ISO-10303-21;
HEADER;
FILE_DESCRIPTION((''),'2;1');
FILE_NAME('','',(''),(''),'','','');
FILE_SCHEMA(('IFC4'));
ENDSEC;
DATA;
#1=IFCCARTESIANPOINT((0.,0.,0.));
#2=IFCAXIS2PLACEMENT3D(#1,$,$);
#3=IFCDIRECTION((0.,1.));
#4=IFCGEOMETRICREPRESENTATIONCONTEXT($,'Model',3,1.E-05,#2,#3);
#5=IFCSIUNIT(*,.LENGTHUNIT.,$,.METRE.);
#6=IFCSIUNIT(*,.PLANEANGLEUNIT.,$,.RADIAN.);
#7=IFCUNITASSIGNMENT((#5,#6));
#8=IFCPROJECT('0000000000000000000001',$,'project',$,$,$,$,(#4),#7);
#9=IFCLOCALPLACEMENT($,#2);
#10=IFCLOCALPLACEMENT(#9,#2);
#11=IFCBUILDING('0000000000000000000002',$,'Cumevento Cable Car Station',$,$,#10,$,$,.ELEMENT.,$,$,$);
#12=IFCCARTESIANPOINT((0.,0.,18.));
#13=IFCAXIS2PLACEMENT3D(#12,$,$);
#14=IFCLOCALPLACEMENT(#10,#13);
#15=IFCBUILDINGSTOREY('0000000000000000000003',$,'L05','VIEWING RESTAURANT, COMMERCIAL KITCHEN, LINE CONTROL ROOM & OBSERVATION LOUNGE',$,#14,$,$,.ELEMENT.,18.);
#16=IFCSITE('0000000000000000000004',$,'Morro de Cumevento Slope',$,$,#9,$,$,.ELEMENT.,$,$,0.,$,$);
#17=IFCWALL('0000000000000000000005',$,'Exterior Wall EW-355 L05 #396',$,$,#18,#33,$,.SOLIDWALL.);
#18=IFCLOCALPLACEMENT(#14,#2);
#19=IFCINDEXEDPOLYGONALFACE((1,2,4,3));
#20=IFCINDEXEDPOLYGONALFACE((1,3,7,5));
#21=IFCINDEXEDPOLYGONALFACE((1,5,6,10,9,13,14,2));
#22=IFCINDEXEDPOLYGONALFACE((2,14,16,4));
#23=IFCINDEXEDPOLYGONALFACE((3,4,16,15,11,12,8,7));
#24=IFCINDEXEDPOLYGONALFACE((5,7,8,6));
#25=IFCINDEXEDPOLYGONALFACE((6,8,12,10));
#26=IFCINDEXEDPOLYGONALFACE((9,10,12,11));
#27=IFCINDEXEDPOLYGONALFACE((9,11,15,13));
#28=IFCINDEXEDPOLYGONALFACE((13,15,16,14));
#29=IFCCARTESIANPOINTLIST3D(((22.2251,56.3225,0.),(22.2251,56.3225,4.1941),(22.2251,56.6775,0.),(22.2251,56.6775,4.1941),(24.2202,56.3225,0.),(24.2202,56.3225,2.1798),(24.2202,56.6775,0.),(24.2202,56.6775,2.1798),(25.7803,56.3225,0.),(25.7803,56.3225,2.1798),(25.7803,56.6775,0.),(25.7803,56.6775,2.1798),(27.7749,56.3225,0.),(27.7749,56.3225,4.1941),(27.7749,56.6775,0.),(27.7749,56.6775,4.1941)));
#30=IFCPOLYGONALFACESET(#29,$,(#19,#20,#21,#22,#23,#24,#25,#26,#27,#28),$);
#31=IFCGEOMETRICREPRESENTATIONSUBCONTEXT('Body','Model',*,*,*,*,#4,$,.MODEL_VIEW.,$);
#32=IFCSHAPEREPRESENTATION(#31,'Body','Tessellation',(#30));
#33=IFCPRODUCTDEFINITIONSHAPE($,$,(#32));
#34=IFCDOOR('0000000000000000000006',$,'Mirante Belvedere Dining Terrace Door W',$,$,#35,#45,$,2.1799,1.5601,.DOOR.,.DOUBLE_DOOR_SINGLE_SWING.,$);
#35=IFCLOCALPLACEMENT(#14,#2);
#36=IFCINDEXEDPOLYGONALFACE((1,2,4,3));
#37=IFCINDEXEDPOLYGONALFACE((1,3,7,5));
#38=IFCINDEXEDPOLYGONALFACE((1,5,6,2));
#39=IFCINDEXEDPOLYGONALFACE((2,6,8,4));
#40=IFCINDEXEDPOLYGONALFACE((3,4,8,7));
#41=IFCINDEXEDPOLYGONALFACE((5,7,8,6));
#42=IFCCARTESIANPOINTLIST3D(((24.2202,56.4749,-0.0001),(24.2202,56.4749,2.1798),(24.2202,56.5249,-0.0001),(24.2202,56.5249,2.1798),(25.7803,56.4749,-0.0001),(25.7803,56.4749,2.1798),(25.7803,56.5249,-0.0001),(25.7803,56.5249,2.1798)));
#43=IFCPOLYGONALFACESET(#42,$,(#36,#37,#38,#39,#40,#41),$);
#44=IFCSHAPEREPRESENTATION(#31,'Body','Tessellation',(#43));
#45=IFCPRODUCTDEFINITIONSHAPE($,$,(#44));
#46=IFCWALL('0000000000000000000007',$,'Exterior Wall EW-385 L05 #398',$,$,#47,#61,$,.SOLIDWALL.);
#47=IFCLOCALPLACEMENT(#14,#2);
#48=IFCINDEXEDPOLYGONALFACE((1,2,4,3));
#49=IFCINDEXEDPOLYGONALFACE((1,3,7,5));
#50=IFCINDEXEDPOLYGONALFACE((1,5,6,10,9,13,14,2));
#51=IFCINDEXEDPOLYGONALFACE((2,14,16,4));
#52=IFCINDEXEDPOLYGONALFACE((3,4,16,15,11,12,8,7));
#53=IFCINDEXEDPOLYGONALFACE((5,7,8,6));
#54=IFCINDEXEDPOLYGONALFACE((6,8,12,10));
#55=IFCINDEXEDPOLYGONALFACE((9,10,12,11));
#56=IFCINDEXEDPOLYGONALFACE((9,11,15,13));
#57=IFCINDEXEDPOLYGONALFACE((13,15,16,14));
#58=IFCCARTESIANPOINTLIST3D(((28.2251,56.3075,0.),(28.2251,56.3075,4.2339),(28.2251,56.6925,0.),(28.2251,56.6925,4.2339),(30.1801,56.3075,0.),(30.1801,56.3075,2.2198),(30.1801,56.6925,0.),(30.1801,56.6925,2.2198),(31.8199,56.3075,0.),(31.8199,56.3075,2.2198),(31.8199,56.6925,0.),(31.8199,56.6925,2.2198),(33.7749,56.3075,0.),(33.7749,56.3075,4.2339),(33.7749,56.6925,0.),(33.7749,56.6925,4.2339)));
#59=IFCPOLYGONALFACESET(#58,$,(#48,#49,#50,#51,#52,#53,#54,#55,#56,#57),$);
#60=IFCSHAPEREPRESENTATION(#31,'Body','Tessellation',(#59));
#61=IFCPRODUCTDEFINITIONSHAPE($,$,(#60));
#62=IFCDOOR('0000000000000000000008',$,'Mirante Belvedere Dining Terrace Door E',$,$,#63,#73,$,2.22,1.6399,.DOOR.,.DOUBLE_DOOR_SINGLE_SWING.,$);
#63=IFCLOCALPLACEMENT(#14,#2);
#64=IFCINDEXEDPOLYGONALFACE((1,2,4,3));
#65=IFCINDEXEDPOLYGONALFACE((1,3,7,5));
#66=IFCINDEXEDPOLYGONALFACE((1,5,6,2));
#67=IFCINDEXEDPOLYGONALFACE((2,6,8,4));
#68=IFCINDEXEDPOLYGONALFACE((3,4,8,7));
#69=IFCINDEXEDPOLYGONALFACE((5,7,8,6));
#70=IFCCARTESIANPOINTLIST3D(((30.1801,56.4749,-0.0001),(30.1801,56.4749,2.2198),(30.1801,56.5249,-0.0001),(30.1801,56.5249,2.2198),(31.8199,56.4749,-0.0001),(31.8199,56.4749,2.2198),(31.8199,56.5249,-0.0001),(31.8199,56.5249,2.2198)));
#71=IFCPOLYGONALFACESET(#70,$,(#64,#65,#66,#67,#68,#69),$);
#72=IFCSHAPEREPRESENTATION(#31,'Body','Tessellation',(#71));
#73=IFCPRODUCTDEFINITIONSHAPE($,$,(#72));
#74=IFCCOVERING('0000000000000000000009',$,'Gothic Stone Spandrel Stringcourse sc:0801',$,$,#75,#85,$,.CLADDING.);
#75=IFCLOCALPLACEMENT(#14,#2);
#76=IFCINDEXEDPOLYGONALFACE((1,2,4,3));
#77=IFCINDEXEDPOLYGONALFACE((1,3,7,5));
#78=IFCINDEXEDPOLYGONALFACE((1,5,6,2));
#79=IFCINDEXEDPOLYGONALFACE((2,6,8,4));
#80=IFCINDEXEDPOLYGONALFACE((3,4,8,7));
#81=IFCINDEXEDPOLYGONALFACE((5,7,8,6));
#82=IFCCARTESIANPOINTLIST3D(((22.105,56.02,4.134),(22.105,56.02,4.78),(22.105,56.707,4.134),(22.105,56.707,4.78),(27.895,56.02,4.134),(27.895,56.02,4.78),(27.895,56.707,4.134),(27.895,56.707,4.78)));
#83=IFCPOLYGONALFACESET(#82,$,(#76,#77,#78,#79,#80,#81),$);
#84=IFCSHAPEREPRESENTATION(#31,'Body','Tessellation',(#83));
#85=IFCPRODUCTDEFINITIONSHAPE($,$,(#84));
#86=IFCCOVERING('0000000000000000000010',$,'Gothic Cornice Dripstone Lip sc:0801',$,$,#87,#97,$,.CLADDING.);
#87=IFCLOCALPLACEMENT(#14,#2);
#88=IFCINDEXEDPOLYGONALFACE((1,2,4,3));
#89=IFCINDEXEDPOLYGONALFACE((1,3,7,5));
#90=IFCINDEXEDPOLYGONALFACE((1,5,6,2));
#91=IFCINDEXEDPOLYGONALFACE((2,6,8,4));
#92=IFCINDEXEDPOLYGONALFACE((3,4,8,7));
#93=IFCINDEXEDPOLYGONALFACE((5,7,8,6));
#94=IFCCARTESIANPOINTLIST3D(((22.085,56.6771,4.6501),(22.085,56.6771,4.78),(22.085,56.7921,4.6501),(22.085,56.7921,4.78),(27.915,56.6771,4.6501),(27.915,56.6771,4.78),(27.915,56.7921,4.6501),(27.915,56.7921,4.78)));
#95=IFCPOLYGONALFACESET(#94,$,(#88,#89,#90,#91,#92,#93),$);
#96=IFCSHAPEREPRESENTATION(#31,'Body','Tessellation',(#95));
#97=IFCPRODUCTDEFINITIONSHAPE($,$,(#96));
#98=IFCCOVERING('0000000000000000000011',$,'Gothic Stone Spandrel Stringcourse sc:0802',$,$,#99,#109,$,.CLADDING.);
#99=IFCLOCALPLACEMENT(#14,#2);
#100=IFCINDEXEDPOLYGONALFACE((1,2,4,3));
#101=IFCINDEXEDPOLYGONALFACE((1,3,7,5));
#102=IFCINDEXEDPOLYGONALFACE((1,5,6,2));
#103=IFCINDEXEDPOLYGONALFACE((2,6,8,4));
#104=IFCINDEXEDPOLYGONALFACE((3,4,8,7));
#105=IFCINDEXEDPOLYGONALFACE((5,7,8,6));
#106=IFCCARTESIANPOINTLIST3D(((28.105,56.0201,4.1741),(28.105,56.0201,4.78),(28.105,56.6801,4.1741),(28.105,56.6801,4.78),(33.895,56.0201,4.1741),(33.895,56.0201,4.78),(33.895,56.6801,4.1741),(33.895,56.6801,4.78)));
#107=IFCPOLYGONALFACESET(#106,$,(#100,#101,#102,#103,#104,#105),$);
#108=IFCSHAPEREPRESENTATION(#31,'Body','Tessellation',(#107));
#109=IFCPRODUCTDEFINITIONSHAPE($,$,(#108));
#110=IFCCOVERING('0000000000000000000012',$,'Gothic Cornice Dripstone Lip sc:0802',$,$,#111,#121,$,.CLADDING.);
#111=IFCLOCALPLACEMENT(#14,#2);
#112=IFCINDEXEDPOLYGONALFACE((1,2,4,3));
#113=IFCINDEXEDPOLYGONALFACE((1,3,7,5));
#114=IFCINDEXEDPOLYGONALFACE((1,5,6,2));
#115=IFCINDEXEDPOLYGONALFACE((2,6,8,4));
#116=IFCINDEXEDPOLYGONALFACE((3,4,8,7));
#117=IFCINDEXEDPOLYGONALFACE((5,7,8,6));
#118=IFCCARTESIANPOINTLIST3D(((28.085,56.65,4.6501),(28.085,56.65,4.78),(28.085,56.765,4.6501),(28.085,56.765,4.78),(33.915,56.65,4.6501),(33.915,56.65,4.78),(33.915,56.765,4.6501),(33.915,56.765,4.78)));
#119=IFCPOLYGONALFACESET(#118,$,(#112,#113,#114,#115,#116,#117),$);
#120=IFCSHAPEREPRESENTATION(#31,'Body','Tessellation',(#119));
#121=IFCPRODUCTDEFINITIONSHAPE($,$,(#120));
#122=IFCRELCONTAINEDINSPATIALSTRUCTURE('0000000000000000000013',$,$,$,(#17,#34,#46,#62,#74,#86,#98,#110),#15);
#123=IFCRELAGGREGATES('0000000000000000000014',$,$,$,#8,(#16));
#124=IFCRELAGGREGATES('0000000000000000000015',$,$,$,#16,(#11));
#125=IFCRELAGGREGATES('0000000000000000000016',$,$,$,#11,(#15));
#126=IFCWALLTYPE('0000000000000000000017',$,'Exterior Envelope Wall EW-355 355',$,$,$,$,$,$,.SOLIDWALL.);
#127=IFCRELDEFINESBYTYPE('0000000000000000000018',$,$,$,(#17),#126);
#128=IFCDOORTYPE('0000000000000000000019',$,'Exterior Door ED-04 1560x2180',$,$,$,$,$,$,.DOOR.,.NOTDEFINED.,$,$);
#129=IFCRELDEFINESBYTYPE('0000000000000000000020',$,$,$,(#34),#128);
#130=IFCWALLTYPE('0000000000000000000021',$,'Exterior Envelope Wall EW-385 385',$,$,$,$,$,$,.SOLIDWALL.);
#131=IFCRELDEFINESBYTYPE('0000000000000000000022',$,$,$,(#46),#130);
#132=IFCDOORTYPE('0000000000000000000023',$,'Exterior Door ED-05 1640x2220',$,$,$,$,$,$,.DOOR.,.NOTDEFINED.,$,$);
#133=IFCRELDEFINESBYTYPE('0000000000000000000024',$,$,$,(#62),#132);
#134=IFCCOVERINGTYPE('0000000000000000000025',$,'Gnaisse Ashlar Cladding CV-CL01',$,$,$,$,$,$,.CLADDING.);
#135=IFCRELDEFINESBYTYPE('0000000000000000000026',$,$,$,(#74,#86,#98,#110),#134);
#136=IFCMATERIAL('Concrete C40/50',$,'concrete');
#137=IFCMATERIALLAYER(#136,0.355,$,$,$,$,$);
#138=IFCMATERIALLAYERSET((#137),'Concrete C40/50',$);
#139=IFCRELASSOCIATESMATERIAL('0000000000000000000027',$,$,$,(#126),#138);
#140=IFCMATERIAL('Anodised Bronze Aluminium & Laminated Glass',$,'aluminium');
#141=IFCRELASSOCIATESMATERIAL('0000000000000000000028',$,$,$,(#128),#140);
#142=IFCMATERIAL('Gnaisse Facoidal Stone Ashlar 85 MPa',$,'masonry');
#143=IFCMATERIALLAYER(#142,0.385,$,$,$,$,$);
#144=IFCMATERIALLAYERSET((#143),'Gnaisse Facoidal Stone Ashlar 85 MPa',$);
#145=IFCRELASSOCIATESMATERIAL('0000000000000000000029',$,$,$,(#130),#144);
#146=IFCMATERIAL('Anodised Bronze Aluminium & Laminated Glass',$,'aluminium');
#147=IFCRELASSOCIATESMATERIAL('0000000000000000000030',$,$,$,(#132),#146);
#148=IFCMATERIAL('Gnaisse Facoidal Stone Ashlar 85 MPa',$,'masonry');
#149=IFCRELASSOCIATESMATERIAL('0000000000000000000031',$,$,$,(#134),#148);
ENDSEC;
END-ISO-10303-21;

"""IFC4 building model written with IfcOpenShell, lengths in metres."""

from ifc_helpers import new_model, si_unit, direction, frame, frame_2d, origin, origin_2d, place, context, subcontext, project, spatial, rectangle, extrude, material, layer, layer_set, type_object, element, fill, save


model = new_model("IFC4")

# Units and contexts
model_context = context("Model", 3, precision=1e-05, world=origin(), true_north=direction((0.0, 1.0)))
body_context = subcontext(model_context, "Body", "Model", "MODEL_VIEW")
ifc_project = project(units=[si_unit("LENGTHUNIT", "METRE"), si_unit("PLANEANGLEUNIT", "RADIAN")], contexts=[model_context])

# Site, building, storey
site_placement = place(None, origin())
site = spatial("IfcSite", under=ifc_project, at=site_placement, Name="Morro de Cumevento Slope", CompositionType="ELEMENT", RefElevation=0.0)
building_placement = place(site_placement, origin())
building = spatial("IfcBuilding", under=site, at=building_placement, Name="Cumevento Cable Car Station", CompositionType="ELEMENT")
storey_placement = place(building_placement, frame((0.0, 0.0, 18.0)))
storey = spatial("IfcBuildingStorey", under=building, at=storey_placement, Name="L05", Description="VIEWING RESTAURANT, COMMERCIAL KITCHEN, LINE CONTROL ROOM & OBSERVATION LOUNGE", CompositionType="ELEMENT", Elevation=18.0)

# Walls, openings, doors
ifc_material_1 = material(Name="Concrete C40/50", Category="concrete")
ifc_layer_1 = layer(ifc_material_1, 0.355)
ifc_layer_set_1 = layer_set([ifc_layer_1], Name="Concrete C40/50")
wall_type_1 = type_object("IfcWallType", Name="Exterior Envelope Wall EW-355 355", PredefinedType="SOLIDWALL", material=ifc_layer_set_1)
wall_1_placement = place(storey_placement, frame((22.2251, 56.5, 0.0), z_axis=(0.0, 0.0, 1.0), x_axis=(1.0, 0.0, 0.0)))
wall_1 = element("IfcWall", 1, at=wall_1_placement, inside=storey, type_object=wall_type_1, Name="Exterior Wall EW-355 L05 #396", PredefinedType="SOLIDWALL", context=body_context, shape_type="SweptSolid", body=[
    extrude(rectangle(XDim=5.5498, YDim=0.355, at=frame_2d((2.7749, 0.0))), origin(), (0.0, 0.0, 1.0), 4.1941),
])
opening_1_placement = place(wall_1_placement, frame((1.9951, 0.0, 0.0)))
opening_1 = element("IfcOpeningElement", 2, at=opening_1_placement, cuts=wall_1, PredefinedType="OPENING", context=body_context, shape_type="SweptSolid", body=[
    extrude(rectangle(XDim=1.5601, YDim=2.1799, at=frame_2d((0.78, 1.0898))), frame((0.0, 0.1875, 0.0), z_axis=(0.0, -1.0, 0.0), x_axis=(1.0, 0.0, 0.0)), (0.0, 0.0, 1.0), 0.375),
])
ifc_material_2 = material(Name="Anodised Bronze Aluminium & Laminated Glass", Category="aluminium")
door_type_1 = type_object("IfcDoorType", Name="Exterior Door ED-04 1560x2180", OperationType="NOTDEFINED", PredefinedType="DOOR", material=ifc_material_2)
door_1_placement = place(opening_1_placement, origin())
door_1 = element("IfcDoor", 3, at=door_1_placement, inside=storey, type_object=door_type_1, Name="Mirante Belvedere Dining Terrace Door W", OperationType="DOUBLE_DOOR_SINGLE_SWING", OverallHeight=2.1799, OverallWidth=1.5601, PredefinedType="DOOR", context=body_context, shape_type="SweptSolid", body=[
    extrude(rectangle(XDim=1.5601, YDim=2.1799, at=frame_2d((0.78, 1.0898))), frame((0.0, 0.0249, 0.0), z_axis=(0.0, -1.0, 0.0), x_axis=(1.0, 0.0, 0.0)), (0.0, 0.0, 1.0), 0.05),
])
fill(opening_1, door_1)
ifc_material_3 = material(Name="Gnaisse Facoidal Stone Ashlar 85 MPa", Category="masonry")
ifc_layer_2 = layer(ifc_material_3, 0.385)
ifc_layer_set_2 = layer_set([ifc_layer_2], Name="Gnaisse Facoidal Stone Ashlar 85 MPa")
wall_type_2 = type_object("IfcWallType", Name="Exterior Envelope Wall EW-385 385", PredefinedType="SOLIDWALL", material=ifc_layer_set_2)
wall_2_placement = place(storey_placement, frame((28.2251, 56.5, 0.0), z_axis=(0.0, 0.0, 1.0), x_axis=(1.0, 0.0, 0.0)))
wall_2 = element("IfcWall", 4, at=wall_2_placement, inside=storey, type_object=wall_type_2, Name="Exterior Wall EW-385 L05 #398", PredefinedType="SOLIDWALL", context=body_context, shape_type="SweptSolid", body=[
    extrude(rectangle(XDim=5.5498, YDim=0.385, at=frame_2d((2.7749, 0.0))), origin(), (0.0, 0.0, 1.0), 4.2339),
])
opening_2_placement = place(wall_2_placement, frame((1.9551, 0.0, 0.0)))
opening_2 = element("IfcOpeningElement", 5, at=opening_2_placement, cuts=wall_2, PredefinedType="OPENING", context=body_context, shape_type="SweptSolid", body=[
    extrude(rectangle(XDim=1.6399, YDim=2.22, at=frame_2d((0.8198, 1.1099))), frame((0.0, 0.2024, 0.0), z_axis=(0.0, -1.0, 0.0), x_axis=(1.0, 0.0, 0.0)), (0.0, 0.0, 1.0), 0.405),
])
ifc_material_4 = material(Name="Anodised Bronze Aluminium & Laminated Glass", Category="aluminium")
door_type_2 = type_object("IfcDoorType", Name="Exterior Door ED-05 1640x2220", OperationType="NOTDEFINED", PredefinedType="DOOR", material=ifc_material_4)
door_2_placement = place(opening_2_placement, origin())
door_2 = element("IfcDoor", 6, at=door_2_placement, inside=storey, type_object=door_type_2, Name="Mirante Belvedere Dining Terrace Door E", OperationType="DOUBLE_DOOR_SINGLE_SWING", OverallHeight=2.22, OverallWidth=1.6399, PredefinedType="DOOR", context=body_context, shape_type="SweptSolid", body=[
    extrude(rectangle(XDim=1.6399, YDim=2.22, at=frame_2d((0.8198, 1.1099))), frame((0.0, 0.0249, 0.0), z_axis=(0.0, -1.0, 0.0), x_axis=(1.0, 0.0, 0.0)), (0.0, 0.0, 1.0), 0.05),
])
fill(opening_2, door_2)

# Coverings
ifc_material_5 = material(Name="Gnaisse Facoidal Stone Ashlar 85 MPa", Category="masonry")
covering_type = type_object("IfcCoveringType", Name="Gnaisse Ashlar Cladding CV-CL01", PredefinedType="CLADDING", material=ifc_material_5)
covering_1_placement = place(storey_placement, frame((25.0, 56.3635, 4.134), z_axis=(0.0, 0.0, 1.0), x_axis=(1.0, 0.0, 0.0)))
element("IfcCovering", 7, at=covering_1_placement, inside=storey, type_object=covering_type, Name="Gothic Stone Spandrel Stringcourse sc:0801", PredefinedType="CLADDING", context=body_context, shape_type="SweptSolid", body=[
    extrude(rectangle(XDim=5.79, YDim=0.687, at=origin_2d()), origin(), (0.0, 0.0, 1.0), 0.646),
])
covering_2_placement = place(storey_placement, frame((25.0, 56.7346, 4.6501), z_axis=(0.0, 0.0, 1.0), x_axis=(1.0, 0.0, 0.0)))
element("IfcCovering", 8, at=covering_2_placement, inside=storey, type_object=covering_type, Name="Gothic Cornice Dripstone Lip sc:0801", PredefinedType="CLADDING", context=body_context, shape_type="SweptSolid", body=[
    extrude(rectangle(XDim=5.8301, YDim=0.115, at=origin_2d()), origin(), (0.0, 0.0, 1.0), 0.1299),
])
covering_3_placement = place(storey_placement, frame((31.0, 56.3501, 4.1741), z_axis=(0.0, 0.0, 1.0), x_axis=(1.0, 0.0, 0.0)))
element("IfcCovering", 9, at=covering_3_placement, inside=storey, type_object=covering_type, Name="Gothic Stone Spandrel Stringcourse sc:0802", PredefinedType="CLADDING", context=body_context, shape_type="SweptSolid", body=[
    extrude(rectangle(XDim=5.79, YDim=0.6599, at=origin_2d()), origin(), (0.0, 0.0, 1.0), 0.606),
])
covering_4_placement = place(storey_placement, frame((31.0, 56.7075, 4.6501), z_axis=(0.0, 0.0, 1.0), x_axis=(1.0, 0.0, 0.0)))
element("IfcCovering", 10, at=covering_4_placement, inside=storey, type_object=covering_type, Name="Gothic Cornice Dripstone Lip sc:0802", PredefinedType="CLADDING", context=body_context, shape_type="SweptSolid", body=[
    extrude(rectangle(XDim=5.8301, YDim=0.115, at=origin_2d()), origin(), (0.0, 0.0, 1.0), 0.1299),
])

save(model, "model.ifc")
